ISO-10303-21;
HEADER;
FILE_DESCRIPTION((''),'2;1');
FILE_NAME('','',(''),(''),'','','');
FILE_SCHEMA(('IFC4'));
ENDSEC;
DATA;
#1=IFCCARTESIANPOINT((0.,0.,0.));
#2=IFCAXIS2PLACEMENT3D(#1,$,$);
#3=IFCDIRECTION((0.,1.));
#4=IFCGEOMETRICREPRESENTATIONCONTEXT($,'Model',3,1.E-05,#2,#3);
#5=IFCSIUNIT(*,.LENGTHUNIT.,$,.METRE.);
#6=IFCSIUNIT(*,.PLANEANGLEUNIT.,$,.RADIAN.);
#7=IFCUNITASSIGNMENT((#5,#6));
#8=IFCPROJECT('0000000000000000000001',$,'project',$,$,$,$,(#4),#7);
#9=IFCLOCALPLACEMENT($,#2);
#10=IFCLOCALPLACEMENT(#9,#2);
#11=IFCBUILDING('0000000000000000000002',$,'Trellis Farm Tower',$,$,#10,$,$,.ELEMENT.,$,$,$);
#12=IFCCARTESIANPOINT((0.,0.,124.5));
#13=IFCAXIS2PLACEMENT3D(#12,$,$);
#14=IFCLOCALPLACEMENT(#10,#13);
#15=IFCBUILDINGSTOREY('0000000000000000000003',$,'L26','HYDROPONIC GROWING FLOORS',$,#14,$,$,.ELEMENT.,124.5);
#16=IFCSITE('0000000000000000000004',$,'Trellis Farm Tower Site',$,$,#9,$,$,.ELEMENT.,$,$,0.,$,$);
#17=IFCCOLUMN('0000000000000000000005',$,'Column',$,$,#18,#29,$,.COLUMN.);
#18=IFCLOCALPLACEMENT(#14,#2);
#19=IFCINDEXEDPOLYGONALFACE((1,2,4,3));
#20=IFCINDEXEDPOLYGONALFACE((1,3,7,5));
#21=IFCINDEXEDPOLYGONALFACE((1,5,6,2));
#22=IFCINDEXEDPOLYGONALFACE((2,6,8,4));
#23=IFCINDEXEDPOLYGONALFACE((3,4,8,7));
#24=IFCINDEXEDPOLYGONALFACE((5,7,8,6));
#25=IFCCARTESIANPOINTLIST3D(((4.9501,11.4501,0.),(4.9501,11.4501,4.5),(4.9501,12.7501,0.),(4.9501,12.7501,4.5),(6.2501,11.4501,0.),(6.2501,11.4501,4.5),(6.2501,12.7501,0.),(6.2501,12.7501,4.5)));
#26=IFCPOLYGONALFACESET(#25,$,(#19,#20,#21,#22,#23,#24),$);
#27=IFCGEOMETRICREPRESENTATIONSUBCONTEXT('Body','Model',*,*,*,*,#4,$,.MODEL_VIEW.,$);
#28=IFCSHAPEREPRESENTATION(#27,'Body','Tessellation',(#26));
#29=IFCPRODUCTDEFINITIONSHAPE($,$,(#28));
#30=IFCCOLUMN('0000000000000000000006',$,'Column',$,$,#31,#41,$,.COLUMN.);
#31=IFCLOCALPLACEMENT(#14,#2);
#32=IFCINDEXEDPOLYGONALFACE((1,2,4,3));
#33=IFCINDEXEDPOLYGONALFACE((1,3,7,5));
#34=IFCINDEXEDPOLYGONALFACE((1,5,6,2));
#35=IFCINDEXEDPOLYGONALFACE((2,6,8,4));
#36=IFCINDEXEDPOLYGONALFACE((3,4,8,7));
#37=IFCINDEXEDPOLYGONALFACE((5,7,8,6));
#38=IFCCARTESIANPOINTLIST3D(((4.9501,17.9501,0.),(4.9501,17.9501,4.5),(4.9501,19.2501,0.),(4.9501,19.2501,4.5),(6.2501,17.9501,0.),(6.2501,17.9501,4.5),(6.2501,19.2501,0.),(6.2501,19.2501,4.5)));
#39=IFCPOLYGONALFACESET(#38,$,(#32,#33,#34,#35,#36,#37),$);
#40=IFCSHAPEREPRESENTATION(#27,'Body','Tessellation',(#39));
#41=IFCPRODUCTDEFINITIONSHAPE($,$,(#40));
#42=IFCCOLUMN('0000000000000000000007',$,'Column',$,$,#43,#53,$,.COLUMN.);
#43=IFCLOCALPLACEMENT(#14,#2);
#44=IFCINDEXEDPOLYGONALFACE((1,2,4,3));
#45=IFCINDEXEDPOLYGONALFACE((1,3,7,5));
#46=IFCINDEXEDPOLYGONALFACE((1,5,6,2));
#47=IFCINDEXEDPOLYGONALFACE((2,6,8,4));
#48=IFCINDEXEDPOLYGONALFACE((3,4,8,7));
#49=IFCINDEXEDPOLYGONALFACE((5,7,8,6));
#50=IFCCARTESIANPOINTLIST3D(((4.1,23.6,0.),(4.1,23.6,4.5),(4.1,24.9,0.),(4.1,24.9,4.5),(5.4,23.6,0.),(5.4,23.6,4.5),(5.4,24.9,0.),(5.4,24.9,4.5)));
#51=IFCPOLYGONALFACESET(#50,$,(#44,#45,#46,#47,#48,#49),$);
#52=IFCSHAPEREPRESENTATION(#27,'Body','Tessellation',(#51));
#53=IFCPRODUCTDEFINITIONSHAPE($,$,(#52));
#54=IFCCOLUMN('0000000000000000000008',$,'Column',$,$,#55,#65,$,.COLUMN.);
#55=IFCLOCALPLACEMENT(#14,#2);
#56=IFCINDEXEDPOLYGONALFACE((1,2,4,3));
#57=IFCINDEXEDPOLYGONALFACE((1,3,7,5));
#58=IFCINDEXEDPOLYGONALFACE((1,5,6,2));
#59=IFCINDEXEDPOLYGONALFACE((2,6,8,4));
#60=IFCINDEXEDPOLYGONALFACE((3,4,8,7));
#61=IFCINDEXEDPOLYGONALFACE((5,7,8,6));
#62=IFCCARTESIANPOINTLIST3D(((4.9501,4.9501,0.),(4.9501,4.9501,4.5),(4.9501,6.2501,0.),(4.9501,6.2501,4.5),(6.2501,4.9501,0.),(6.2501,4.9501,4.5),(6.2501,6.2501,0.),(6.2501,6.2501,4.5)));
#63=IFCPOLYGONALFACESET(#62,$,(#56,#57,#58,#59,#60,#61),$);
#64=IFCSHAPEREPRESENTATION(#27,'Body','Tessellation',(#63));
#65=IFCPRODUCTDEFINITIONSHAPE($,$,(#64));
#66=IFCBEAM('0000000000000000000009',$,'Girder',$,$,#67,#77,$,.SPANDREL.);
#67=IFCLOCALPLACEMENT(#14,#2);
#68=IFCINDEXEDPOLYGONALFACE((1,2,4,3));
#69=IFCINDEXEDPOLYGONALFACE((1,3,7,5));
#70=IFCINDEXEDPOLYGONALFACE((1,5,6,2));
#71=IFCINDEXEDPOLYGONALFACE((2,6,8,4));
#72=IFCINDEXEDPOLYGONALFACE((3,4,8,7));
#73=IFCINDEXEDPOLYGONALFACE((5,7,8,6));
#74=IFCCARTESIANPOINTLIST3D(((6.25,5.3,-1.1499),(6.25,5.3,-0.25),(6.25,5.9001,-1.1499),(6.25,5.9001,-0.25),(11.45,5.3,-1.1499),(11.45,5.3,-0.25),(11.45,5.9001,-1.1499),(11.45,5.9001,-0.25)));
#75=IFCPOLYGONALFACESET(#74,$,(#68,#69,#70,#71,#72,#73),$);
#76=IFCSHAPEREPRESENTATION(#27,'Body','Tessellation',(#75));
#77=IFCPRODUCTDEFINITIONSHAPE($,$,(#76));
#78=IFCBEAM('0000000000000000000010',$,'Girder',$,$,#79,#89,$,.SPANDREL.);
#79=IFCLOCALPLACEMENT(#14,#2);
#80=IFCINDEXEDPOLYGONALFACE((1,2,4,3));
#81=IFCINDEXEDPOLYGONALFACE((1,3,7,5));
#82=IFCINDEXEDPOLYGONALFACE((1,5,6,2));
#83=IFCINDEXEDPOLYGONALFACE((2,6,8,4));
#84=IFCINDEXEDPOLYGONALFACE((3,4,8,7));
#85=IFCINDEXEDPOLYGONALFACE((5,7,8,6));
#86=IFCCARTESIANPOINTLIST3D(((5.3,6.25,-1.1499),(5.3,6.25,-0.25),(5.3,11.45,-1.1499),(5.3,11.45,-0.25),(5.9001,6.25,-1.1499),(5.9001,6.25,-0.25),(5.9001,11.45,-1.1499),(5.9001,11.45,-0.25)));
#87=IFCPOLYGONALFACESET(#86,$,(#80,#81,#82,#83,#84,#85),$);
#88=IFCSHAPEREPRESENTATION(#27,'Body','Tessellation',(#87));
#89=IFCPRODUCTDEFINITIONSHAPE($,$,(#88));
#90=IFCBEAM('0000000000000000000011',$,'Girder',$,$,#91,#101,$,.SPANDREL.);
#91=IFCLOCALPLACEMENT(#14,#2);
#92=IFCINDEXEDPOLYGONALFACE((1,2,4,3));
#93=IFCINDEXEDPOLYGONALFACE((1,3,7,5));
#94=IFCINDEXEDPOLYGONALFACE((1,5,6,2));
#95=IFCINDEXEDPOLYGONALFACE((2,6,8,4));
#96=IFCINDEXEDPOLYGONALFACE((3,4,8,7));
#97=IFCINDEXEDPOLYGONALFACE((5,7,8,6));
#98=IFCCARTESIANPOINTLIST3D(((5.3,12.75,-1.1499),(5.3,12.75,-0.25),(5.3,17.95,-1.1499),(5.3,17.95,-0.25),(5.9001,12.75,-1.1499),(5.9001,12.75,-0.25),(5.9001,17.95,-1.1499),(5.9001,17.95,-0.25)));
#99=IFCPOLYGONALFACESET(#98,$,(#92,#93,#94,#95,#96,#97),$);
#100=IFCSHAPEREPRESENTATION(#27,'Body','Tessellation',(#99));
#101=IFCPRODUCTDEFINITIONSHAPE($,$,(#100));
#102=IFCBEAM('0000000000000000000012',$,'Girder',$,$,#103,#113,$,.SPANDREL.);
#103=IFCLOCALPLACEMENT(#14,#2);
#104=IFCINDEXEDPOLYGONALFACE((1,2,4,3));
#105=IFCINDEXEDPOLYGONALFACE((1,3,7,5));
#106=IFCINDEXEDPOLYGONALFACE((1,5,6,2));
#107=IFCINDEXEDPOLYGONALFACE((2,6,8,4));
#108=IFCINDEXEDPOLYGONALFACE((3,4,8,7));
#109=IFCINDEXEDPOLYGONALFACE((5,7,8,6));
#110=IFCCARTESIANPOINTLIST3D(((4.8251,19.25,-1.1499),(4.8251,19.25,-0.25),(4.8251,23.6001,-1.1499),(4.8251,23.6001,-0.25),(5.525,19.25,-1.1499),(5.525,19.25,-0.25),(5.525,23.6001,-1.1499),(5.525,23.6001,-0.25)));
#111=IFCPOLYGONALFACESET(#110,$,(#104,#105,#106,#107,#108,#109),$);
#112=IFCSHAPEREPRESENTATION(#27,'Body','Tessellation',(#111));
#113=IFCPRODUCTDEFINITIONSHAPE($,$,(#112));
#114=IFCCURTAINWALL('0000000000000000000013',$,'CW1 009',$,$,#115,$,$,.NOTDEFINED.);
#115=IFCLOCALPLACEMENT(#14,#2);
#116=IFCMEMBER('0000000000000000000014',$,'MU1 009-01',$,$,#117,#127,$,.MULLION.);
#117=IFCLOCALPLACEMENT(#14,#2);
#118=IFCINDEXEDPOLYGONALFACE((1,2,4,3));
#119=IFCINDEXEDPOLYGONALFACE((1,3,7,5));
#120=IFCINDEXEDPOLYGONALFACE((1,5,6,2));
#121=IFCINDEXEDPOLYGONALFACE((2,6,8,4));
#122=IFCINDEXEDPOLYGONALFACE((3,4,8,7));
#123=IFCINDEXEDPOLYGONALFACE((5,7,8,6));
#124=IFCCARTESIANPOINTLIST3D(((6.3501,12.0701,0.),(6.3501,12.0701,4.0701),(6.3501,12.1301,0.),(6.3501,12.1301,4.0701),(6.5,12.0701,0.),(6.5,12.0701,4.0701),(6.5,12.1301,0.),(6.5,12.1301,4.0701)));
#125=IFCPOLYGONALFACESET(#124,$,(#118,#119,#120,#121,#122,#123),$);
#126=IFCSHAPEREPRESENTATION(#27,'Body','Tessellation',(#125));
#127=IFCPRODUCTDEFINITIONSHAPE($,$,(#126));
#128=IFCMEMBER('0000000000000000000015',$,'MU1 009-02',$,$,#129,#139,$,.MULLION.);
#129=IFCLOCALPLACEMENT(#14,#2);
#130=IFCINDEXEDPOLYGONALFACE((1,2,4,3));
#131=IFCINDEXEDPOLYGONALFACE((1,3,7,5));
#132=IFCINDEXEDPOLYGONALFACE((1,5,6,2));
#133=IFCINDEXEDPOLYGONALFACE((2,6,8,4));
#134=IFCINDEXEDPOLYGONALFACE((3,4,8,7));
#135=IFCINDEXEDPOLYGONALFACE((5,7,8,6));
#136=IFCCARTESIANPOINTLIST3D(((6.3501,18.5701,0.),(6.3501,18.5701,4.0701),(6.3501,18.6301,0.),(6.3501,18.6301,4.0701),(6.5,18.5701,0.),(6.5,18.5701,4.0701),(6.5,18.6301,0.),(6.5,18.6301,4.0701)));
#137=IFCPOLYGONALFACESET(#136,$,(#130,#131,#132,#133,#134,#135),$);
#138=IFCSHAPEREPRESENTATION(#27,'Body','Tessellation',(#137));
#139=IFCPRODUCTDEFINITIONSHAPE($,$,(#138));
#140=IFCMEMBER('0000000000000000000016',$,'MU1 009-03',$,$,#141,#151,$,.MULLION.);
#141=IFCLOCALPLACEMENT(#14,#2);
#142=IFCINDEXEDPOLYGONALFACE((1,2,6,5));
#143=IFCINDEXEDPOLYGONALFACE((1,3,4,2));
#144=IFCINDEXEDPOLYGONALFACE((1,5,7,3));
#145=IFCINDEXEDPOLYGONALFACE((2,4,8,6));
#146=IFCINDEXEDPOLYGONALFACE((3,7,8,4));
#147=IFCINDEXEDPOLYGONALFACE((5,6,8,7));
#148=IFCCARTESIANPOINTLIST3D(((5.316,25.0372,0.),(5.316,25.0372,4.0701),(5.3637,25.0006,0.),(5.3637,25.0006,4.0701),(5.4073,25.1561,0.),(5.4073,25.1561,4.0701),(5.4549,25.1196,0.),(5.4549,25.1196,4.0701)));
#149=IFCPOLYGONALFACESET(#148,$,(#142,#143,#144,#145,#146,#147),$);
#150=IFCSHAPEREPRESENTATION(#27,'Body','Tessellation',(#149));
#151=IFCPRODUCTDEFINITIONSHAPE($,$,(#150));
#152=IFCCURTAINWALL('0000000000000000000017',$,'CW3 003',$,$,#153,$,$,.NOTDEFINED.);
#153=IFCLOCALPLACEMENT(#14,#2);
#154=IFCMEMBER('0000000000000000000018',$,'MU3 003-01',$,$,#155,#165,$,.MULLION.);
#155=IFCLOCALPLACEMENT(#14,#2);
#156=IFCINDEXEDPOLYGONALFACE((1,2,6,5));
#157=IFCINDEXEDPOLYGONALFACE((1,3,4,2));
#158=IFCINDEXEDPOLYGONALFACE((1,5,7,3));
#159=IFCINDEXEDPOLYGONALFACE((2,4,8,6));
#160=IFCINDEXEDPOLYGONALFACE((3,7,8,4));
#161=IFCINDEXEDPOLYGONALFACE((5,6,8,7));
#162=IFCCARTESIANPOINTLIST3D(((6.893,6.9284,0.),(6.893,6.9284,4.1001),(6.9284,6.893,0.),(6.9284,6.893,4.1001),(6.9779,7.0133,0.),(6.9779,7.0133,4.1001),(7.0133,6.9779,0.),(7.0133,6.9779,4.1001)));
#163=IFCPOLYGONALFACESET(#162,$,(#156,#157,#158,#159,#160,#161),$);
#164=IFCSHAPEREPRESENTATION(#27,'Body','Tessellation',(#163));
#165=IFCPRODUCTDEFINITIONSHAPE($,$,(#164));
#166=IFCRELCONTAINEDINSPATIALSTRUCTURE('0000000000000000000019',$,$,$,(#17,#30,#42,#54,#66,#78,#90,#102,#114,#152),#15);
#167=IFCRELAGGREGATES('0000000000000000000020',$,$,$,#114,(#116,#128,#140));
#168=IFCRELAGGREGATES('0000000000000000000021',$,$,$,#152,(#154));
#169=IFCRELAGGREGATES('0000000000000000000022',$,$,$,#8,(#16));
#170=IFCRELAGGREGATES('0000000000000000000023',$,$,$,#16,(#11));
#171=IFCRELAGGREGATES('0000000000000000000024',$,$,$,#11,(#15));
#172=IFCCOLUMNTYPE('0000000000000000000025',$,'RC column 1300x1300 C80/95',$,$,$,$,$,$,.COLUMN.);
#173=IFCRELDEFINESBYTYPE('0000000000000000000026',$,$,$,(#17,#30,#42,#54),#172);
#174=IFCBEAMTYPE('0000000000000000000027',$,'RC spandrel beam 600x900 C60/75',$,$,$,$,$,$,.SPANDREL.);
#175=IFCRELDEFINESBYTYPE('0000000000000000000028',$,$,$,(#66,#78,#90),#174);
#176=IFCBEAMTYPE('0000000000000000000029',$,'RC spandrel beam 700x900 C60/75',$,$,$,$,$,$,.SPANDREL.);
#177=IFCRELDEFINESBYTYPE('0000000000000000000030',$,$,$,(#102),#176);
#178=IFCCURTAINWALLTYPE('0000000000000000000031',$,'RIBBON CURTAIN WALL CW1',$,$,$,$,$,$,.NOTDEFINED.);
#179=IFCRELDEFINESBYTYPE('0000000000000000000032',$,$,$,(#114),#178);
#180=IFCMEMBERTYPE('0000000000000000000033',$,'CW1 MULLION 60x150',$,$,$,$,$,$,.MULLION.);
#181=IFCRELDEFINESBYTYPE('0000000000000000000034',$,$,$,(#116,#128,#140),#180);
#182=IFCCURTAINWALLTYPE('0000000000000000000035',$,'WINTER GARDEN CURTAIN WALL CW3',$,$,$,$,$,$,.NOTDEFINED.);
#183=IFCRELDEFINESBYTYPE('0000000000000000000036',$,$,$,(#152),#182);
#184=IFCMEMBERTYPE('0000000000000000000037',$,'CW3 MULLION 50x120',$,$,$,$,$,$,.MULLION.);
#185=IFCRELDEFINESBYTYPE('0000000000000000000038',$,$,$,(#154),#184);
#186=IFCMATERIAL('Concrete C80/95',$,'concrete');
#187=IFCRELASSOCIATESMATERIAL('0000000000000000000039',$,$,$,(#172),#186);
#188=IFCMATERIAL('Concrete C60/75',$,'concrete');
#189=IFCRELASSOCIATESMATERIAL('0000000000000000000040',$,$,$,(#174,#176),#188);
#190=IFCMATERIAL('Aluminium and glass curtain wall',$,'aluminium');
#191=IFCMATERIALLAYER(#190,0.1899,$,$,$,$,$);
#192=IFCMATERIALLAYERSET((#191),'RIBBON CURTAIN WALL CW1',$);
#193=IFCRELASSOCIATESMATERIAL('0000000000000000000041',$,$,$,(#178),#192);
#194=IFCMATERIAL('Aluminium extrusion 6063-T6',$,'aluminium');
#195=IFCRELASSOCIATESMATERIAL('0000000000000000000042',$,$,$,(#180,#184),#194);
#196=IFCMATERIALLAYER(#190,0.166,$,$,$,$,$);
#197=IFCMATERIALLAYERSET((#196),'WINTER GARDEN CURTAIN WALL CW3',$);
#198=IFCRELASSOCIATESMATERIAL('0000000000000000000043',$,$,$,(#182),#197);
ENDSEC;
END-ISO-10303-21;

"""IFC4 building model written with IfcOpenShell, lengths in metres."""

from ifc_helpers import new_model, si_unit, direction, frame, origin, origin_2d, place, context, subcontext, project, spatial, rectangle, extrude, source, transform, mapped, material, layer, layer_set, material_profile, profile_set, type_object, element, aggregate, save


model = new_model("IFC4")

# Units and contexts
model_context = context("Model", 3, precision=1e-05, world=origin(), true_north=direction((0.0, 1.0)))
body_context = subcontext(model_context, "Body", "Model", "MODEL_VIEW")
ifc_project = project(units=[si_unit("LENGTHUNIT", "METRE"), si_unit("PLANEANGLEUNIT", "RADIAN")], contexts=[model_context])

# Site, building, storey
site_placement = place(None, origin())
site = spatial("IfcSite", under=ifc_project, at=site_placement, Name="Trellis Farm Tower Site", CompositionType="ELEMENT", RefElevation=0.0)
building_placement = place(site_placement, origin())
building = spatial("IfcBuilding", under=site, at=building_placement, Name="Trellis Farm Tower", CompositionType="ELEMENT")
storey_placement = place(building_placement, frame((0.0, 0.0, 124.5)))
storey = spatial("IfcBuildingStorey", under=building, at=storey_placement, Name="L26", Description="HYDROPONIC GROWING FLOORS", CompositionType="ELEMENT", Elevation=124.5)

# Columns
ifc_material_1 = material(Name="Concrete C80/95", Category="concrete")
ifc_material_profile_1 = material_profile(ifc_material_1, rectangle(XDim=1.3, YDim=1.3, at=origin_2d()), Name="RC column 1300x1300 C80/95")
ifc_profile_set_1 = profile_set([ifc_material_profile_1], Name="Concrete C80/95")
column_type = type_object("IfcColumnType", Name="RC column 1300x1300 C80/95", PredefinedType="COLUMN", material=ifc_profile_set_1)
shared_shape_1 = source(origin(), body_context, "Body", "SweptSolid", [
    extrude(rectangle(XDim=1.3, YDim=1.3, at=origin_2d()), origin(), (0.0, 0.0, 1.0), 4.5),
])
for number, where, z_axis, x_axis, name in (
    (1, (5.6001, 12.1001, 0.0), (0.0, 0.0, 1.0), (1.0, 0.0, 0.0), "Column"),
    (2, (5.6001, 18.6001, 0.0), (0.0, 0.0, 1.0), (1.0, 0.0, 0.0), "Column"),
    (3, (4.75, 24.25, 0.0), (0.0, 0.0, 1.0), (1.0, 0.0, 0.0), "Column"),
    (4, (5.6001, 5.6001, 0.0), (0.0, 0.0, 1.0), (1.0, 0.0, 0.0), "Column"),
):
    element("IfcColumn", number, at=place(storey_placement, frame(where, z_axis=z_axis, x_axis=x_axis)), inside=storey, type_object=column_type, Name=name, PredefinedType="COLUMN", context=body_context, shape_type="MappedRepresentation", body=[
        mapped(shared_shape_1, transform((0.0, 0.0, 0.0))),
    ])

# Beams
ifc_material_2 = material(Name="Concrete C60/75", Category="concrete")
ifc_material_profile_2 = material_profile(ifc_material_2, rectangle(XDim=0.6001, YDim=0.8999, at=origin_2d()), Name="RC spandrel beam 600x900 C60/75")
ifc_profile_set_2 = profile_set([ifc_material_profile_2], Name="Concrete C60/75")
beam_type_1 = type_object("IfcBeamType", Name="RC spandrel beam 600x900 C60/75", PredefinedType="SPANDREL", material=ifc_profile_set_2)
shared_shape_2 = source(origin(), body_context, "Body", "SweptSolid", [
    extrude(rectangle(XDim=0.6001, YDim=0.8999, at=origin_2d()), origin(), (0.0, 0.0, 1.0), 5.2),
])
for number, where, z_axis, x_axis, name in (
    (5, (6.25, 5.6001, -0.7), (1.0, 0.0, 0.0), (0.0, 1.0, 0.0), "Girder"),
    (6, (5.6001, 6.25, -0.7), (0.0, 1.0, 0.0), (-1.0, 0.0, 0.0), "Girder"),
    (7, (5.6001, 12.75, -0.7), (0.0, 1.0, 0.0), (-1.0, 0.0, 0.0), "Girder"),
):
    element("IfcBeam", number, at=place(storey_placement, frame(where, z_axis=z_axis, x_axis=x_axis)), inside=storey, type_object=beam_type_1, Name=name, PredefinedType="SPANDREL", context=body_context, shape_type="MappedRepresentation", body=[
        mapped(shared_shape_2, transform((0.0, 0.0, 0.0))),
    ])
ifc_material_profile_3 = material_profile(ifc_material_2, rectangle(XDim=0.7, YDim=0.8999, at=origin_2d()), Name="RC spandrel beam 700x900 C60/75")
ifc_profile_set_3 = profile_set([ifc_material_profile_3], Name="Concrete C60/75")
beam_type_2 = type_object("IfcBeamType", Name="RC spandrel beam 700x900 C60/75", PredefinedType="SPANDREL", material=ifc_profile_set_3)
shared_shape_3 = source(origin(), body_context, "Body", "SweptSolid", [
    extrude(rectangle(XDim=0.7, YDim=0.8999, at=origin_2d()), origin(), (0.0, 0.0, 1.0), 4.3501),
])
beam_placement = place(storey_placement, frame((5.175, 19.25, -0.7), z_axis=(0.0, 1.0, 0.0), x_axis=(-1.0, 0.0, 0.0)))
element("IfcBeam", 8, at=beam_placement, inside=storey, type_object=beam_type_2, Name="Girder", PredefinedType="SPANDREL", context=body_context, shape_type="MappedRepresentation", body=[
    mapped(shared_shape_3, transform((0.0, 0.0, 0.0))),
])

# Curtain wall, members
ifc_material_3 = material(Name="Aluminium and glass curtain wall", Category="aluminium")
ifc_layer_1 = layer(ifc_material_3, 0.1899)
ifc_layer_set_1 = layer_set([ifc_layer_1], Name="RIBBON CURTAIN WALL CW1")
curtain_wall_type_1 = type_object("IfcCurtainWallType", Name="RIBBON CURTAIN WALL CW1", PredefinedType="NOTDEFINED", material=ifc_layer_set_1)
placement = place(storey_placement, origin())
curtain_wall_1 = element("IfcCurtainWall", 9, at=placement, inside=storey, type_object=curtain_wall_type_1, Name="CW1 009", PredefinedType="NOTDEFINED")
ifc_material_4 = material(Name="Aluminium extrusion 6063-T6", Category="aluminium")
ifc_material_profile_4 = material_profile(ifc_material_4, rectangle(XDim=0.0601, YDim=0.1499, at=origin_2d()), Name="MULLION 60x150")
ifc_profile_set_4 = profile_set([ifc_material_profile_4], Name="Aluminium extrusion 6063-T6")
member_type_1 = type_object("IfcMemberType", Name="CW1 MULLION 60x150", PredefinedType="MULLION", material=ifc_profile_set_4)
shared_shape_4 = source(origin(), body_context, "Body", "SweptSolid", [
    extrude(rectangle(XDim=0.0601, YDim=0.1499, at=origin_2d()), origin(), (0.0, 0.0, 1.0), 4.0701),
])
member_1_placement = place(storey_placement, frame((6.425, 12.1001, 0.0), z_axis=(0.0, 0.0, 1.0), x_axis=(0.0, 1.0, 0.0)))
member_1 = element("IfcMember", 10, at=member_1_placement, type_object=member_type_1, Name="MU1 009-01", PredefinedType="MULLION", context=body_context, shape_type="MappedRepresentation", body=[
    mapped(shared_shape_4, transform((0.0, 0.0, 0.0))),
])
member_2_placement = place(storey_placement, frame((6.425, 18.6001, 0.0), z_axis=(0.0, 0.0, 1.0), x_axis=(0.0, 1.0, 0.0)))
member_2 = element("IfcMember", 11, at=member_2_placement, type_object=member_type_1, Name="MU1 009-02", PredefinedType="MULLION", context=body_context, shape_type="MappedRepresentation", body=[
    mapped(shared_shape_4, transform((0.0, 0.0, 0.0))),
])
member_3_placement = place(storey_placement, frame((5.3855, 25.0784, 0.0), z_axis=(0.0, 0.0, 1.0), x_axis=(-0.793353, 0.608761, 0.0)))
member_3 = element("IfcMember", 12, at=member_3_placement, type_object=member_type_1, Name="MU1 009-03", PredefinedType="MULLION", context=body_context, shape_type="MappedRepresentation", body=[
    mapped(shared_shape_4, transform((0.0, 0.0, 0.0))),
])
aggregate(curtain_wall_1, [member_1, member_2, member_3])

# Curtain wall, member
ifc_layer_2 = layer(ifc_material_3, 0.166)
ifc_layer_set_2 = layer_set([ifc_layer_2], Name="WINTER GARDEN CURTAIN WALL CW3")
curtain_wall_type_2 = type_object("IfcCurtainWallType", Name="WINTER GARDEN CURTAIN WALL CW3", PredefinedType="NOTDEFINED", material=ifc_layer_set_2)
curtain_wall_2 = element("IfcCurtainWall", 13, at=placement, inside=storey, type_object=curtain_wall_type_2, Name="CW3 003", PredefinedType="NOTDEFINED")
ifc_material_profile_5 = material_profile(ifc_material_4, rectangle(XDim=0.05, YDim=0.1201, at=origin_2d()), Name="MULLION 50x120")
ifc_profile_set_5 = profile_set([ifc_material_profile_5], Name="Aluminium extrusion 6063-T6")
member_type_2 = type_object("IfcMemberType", Name="CW3 MULLION 50x120", PredefinedType="MULLION", material=ifc_profile_set_5)
shared_shape_5 = source(origin(), body_context, "Body", "SweptSolid", [
    extrude(rectangle(XDim=0.05, YDim=0.1201, at=origin_2d()), origin(), (0.0, 0.0, 1.0), 4.1001),
])
member_4_placement = place(storey_placement, frame((6.9531, 6.9531, 0.0), z_axis=(0.0, 0.0, 1.0), x_axis=(-0.707107, 0.707107, 0.0)))
member_4 = element("IfcMember", 14, at=member_4_placement, type_object=member_type_2, Name="MU3 003-01", PredefinedType="MULLION", context=body_context, shape_type="MappedRepresentation", body=[
    mapped(shared_shape_5, transform((0.0, 0.0, 0.0))),
])
aggregate(curtain_wall_2, [member_4])

save(model, "model.ifc")
